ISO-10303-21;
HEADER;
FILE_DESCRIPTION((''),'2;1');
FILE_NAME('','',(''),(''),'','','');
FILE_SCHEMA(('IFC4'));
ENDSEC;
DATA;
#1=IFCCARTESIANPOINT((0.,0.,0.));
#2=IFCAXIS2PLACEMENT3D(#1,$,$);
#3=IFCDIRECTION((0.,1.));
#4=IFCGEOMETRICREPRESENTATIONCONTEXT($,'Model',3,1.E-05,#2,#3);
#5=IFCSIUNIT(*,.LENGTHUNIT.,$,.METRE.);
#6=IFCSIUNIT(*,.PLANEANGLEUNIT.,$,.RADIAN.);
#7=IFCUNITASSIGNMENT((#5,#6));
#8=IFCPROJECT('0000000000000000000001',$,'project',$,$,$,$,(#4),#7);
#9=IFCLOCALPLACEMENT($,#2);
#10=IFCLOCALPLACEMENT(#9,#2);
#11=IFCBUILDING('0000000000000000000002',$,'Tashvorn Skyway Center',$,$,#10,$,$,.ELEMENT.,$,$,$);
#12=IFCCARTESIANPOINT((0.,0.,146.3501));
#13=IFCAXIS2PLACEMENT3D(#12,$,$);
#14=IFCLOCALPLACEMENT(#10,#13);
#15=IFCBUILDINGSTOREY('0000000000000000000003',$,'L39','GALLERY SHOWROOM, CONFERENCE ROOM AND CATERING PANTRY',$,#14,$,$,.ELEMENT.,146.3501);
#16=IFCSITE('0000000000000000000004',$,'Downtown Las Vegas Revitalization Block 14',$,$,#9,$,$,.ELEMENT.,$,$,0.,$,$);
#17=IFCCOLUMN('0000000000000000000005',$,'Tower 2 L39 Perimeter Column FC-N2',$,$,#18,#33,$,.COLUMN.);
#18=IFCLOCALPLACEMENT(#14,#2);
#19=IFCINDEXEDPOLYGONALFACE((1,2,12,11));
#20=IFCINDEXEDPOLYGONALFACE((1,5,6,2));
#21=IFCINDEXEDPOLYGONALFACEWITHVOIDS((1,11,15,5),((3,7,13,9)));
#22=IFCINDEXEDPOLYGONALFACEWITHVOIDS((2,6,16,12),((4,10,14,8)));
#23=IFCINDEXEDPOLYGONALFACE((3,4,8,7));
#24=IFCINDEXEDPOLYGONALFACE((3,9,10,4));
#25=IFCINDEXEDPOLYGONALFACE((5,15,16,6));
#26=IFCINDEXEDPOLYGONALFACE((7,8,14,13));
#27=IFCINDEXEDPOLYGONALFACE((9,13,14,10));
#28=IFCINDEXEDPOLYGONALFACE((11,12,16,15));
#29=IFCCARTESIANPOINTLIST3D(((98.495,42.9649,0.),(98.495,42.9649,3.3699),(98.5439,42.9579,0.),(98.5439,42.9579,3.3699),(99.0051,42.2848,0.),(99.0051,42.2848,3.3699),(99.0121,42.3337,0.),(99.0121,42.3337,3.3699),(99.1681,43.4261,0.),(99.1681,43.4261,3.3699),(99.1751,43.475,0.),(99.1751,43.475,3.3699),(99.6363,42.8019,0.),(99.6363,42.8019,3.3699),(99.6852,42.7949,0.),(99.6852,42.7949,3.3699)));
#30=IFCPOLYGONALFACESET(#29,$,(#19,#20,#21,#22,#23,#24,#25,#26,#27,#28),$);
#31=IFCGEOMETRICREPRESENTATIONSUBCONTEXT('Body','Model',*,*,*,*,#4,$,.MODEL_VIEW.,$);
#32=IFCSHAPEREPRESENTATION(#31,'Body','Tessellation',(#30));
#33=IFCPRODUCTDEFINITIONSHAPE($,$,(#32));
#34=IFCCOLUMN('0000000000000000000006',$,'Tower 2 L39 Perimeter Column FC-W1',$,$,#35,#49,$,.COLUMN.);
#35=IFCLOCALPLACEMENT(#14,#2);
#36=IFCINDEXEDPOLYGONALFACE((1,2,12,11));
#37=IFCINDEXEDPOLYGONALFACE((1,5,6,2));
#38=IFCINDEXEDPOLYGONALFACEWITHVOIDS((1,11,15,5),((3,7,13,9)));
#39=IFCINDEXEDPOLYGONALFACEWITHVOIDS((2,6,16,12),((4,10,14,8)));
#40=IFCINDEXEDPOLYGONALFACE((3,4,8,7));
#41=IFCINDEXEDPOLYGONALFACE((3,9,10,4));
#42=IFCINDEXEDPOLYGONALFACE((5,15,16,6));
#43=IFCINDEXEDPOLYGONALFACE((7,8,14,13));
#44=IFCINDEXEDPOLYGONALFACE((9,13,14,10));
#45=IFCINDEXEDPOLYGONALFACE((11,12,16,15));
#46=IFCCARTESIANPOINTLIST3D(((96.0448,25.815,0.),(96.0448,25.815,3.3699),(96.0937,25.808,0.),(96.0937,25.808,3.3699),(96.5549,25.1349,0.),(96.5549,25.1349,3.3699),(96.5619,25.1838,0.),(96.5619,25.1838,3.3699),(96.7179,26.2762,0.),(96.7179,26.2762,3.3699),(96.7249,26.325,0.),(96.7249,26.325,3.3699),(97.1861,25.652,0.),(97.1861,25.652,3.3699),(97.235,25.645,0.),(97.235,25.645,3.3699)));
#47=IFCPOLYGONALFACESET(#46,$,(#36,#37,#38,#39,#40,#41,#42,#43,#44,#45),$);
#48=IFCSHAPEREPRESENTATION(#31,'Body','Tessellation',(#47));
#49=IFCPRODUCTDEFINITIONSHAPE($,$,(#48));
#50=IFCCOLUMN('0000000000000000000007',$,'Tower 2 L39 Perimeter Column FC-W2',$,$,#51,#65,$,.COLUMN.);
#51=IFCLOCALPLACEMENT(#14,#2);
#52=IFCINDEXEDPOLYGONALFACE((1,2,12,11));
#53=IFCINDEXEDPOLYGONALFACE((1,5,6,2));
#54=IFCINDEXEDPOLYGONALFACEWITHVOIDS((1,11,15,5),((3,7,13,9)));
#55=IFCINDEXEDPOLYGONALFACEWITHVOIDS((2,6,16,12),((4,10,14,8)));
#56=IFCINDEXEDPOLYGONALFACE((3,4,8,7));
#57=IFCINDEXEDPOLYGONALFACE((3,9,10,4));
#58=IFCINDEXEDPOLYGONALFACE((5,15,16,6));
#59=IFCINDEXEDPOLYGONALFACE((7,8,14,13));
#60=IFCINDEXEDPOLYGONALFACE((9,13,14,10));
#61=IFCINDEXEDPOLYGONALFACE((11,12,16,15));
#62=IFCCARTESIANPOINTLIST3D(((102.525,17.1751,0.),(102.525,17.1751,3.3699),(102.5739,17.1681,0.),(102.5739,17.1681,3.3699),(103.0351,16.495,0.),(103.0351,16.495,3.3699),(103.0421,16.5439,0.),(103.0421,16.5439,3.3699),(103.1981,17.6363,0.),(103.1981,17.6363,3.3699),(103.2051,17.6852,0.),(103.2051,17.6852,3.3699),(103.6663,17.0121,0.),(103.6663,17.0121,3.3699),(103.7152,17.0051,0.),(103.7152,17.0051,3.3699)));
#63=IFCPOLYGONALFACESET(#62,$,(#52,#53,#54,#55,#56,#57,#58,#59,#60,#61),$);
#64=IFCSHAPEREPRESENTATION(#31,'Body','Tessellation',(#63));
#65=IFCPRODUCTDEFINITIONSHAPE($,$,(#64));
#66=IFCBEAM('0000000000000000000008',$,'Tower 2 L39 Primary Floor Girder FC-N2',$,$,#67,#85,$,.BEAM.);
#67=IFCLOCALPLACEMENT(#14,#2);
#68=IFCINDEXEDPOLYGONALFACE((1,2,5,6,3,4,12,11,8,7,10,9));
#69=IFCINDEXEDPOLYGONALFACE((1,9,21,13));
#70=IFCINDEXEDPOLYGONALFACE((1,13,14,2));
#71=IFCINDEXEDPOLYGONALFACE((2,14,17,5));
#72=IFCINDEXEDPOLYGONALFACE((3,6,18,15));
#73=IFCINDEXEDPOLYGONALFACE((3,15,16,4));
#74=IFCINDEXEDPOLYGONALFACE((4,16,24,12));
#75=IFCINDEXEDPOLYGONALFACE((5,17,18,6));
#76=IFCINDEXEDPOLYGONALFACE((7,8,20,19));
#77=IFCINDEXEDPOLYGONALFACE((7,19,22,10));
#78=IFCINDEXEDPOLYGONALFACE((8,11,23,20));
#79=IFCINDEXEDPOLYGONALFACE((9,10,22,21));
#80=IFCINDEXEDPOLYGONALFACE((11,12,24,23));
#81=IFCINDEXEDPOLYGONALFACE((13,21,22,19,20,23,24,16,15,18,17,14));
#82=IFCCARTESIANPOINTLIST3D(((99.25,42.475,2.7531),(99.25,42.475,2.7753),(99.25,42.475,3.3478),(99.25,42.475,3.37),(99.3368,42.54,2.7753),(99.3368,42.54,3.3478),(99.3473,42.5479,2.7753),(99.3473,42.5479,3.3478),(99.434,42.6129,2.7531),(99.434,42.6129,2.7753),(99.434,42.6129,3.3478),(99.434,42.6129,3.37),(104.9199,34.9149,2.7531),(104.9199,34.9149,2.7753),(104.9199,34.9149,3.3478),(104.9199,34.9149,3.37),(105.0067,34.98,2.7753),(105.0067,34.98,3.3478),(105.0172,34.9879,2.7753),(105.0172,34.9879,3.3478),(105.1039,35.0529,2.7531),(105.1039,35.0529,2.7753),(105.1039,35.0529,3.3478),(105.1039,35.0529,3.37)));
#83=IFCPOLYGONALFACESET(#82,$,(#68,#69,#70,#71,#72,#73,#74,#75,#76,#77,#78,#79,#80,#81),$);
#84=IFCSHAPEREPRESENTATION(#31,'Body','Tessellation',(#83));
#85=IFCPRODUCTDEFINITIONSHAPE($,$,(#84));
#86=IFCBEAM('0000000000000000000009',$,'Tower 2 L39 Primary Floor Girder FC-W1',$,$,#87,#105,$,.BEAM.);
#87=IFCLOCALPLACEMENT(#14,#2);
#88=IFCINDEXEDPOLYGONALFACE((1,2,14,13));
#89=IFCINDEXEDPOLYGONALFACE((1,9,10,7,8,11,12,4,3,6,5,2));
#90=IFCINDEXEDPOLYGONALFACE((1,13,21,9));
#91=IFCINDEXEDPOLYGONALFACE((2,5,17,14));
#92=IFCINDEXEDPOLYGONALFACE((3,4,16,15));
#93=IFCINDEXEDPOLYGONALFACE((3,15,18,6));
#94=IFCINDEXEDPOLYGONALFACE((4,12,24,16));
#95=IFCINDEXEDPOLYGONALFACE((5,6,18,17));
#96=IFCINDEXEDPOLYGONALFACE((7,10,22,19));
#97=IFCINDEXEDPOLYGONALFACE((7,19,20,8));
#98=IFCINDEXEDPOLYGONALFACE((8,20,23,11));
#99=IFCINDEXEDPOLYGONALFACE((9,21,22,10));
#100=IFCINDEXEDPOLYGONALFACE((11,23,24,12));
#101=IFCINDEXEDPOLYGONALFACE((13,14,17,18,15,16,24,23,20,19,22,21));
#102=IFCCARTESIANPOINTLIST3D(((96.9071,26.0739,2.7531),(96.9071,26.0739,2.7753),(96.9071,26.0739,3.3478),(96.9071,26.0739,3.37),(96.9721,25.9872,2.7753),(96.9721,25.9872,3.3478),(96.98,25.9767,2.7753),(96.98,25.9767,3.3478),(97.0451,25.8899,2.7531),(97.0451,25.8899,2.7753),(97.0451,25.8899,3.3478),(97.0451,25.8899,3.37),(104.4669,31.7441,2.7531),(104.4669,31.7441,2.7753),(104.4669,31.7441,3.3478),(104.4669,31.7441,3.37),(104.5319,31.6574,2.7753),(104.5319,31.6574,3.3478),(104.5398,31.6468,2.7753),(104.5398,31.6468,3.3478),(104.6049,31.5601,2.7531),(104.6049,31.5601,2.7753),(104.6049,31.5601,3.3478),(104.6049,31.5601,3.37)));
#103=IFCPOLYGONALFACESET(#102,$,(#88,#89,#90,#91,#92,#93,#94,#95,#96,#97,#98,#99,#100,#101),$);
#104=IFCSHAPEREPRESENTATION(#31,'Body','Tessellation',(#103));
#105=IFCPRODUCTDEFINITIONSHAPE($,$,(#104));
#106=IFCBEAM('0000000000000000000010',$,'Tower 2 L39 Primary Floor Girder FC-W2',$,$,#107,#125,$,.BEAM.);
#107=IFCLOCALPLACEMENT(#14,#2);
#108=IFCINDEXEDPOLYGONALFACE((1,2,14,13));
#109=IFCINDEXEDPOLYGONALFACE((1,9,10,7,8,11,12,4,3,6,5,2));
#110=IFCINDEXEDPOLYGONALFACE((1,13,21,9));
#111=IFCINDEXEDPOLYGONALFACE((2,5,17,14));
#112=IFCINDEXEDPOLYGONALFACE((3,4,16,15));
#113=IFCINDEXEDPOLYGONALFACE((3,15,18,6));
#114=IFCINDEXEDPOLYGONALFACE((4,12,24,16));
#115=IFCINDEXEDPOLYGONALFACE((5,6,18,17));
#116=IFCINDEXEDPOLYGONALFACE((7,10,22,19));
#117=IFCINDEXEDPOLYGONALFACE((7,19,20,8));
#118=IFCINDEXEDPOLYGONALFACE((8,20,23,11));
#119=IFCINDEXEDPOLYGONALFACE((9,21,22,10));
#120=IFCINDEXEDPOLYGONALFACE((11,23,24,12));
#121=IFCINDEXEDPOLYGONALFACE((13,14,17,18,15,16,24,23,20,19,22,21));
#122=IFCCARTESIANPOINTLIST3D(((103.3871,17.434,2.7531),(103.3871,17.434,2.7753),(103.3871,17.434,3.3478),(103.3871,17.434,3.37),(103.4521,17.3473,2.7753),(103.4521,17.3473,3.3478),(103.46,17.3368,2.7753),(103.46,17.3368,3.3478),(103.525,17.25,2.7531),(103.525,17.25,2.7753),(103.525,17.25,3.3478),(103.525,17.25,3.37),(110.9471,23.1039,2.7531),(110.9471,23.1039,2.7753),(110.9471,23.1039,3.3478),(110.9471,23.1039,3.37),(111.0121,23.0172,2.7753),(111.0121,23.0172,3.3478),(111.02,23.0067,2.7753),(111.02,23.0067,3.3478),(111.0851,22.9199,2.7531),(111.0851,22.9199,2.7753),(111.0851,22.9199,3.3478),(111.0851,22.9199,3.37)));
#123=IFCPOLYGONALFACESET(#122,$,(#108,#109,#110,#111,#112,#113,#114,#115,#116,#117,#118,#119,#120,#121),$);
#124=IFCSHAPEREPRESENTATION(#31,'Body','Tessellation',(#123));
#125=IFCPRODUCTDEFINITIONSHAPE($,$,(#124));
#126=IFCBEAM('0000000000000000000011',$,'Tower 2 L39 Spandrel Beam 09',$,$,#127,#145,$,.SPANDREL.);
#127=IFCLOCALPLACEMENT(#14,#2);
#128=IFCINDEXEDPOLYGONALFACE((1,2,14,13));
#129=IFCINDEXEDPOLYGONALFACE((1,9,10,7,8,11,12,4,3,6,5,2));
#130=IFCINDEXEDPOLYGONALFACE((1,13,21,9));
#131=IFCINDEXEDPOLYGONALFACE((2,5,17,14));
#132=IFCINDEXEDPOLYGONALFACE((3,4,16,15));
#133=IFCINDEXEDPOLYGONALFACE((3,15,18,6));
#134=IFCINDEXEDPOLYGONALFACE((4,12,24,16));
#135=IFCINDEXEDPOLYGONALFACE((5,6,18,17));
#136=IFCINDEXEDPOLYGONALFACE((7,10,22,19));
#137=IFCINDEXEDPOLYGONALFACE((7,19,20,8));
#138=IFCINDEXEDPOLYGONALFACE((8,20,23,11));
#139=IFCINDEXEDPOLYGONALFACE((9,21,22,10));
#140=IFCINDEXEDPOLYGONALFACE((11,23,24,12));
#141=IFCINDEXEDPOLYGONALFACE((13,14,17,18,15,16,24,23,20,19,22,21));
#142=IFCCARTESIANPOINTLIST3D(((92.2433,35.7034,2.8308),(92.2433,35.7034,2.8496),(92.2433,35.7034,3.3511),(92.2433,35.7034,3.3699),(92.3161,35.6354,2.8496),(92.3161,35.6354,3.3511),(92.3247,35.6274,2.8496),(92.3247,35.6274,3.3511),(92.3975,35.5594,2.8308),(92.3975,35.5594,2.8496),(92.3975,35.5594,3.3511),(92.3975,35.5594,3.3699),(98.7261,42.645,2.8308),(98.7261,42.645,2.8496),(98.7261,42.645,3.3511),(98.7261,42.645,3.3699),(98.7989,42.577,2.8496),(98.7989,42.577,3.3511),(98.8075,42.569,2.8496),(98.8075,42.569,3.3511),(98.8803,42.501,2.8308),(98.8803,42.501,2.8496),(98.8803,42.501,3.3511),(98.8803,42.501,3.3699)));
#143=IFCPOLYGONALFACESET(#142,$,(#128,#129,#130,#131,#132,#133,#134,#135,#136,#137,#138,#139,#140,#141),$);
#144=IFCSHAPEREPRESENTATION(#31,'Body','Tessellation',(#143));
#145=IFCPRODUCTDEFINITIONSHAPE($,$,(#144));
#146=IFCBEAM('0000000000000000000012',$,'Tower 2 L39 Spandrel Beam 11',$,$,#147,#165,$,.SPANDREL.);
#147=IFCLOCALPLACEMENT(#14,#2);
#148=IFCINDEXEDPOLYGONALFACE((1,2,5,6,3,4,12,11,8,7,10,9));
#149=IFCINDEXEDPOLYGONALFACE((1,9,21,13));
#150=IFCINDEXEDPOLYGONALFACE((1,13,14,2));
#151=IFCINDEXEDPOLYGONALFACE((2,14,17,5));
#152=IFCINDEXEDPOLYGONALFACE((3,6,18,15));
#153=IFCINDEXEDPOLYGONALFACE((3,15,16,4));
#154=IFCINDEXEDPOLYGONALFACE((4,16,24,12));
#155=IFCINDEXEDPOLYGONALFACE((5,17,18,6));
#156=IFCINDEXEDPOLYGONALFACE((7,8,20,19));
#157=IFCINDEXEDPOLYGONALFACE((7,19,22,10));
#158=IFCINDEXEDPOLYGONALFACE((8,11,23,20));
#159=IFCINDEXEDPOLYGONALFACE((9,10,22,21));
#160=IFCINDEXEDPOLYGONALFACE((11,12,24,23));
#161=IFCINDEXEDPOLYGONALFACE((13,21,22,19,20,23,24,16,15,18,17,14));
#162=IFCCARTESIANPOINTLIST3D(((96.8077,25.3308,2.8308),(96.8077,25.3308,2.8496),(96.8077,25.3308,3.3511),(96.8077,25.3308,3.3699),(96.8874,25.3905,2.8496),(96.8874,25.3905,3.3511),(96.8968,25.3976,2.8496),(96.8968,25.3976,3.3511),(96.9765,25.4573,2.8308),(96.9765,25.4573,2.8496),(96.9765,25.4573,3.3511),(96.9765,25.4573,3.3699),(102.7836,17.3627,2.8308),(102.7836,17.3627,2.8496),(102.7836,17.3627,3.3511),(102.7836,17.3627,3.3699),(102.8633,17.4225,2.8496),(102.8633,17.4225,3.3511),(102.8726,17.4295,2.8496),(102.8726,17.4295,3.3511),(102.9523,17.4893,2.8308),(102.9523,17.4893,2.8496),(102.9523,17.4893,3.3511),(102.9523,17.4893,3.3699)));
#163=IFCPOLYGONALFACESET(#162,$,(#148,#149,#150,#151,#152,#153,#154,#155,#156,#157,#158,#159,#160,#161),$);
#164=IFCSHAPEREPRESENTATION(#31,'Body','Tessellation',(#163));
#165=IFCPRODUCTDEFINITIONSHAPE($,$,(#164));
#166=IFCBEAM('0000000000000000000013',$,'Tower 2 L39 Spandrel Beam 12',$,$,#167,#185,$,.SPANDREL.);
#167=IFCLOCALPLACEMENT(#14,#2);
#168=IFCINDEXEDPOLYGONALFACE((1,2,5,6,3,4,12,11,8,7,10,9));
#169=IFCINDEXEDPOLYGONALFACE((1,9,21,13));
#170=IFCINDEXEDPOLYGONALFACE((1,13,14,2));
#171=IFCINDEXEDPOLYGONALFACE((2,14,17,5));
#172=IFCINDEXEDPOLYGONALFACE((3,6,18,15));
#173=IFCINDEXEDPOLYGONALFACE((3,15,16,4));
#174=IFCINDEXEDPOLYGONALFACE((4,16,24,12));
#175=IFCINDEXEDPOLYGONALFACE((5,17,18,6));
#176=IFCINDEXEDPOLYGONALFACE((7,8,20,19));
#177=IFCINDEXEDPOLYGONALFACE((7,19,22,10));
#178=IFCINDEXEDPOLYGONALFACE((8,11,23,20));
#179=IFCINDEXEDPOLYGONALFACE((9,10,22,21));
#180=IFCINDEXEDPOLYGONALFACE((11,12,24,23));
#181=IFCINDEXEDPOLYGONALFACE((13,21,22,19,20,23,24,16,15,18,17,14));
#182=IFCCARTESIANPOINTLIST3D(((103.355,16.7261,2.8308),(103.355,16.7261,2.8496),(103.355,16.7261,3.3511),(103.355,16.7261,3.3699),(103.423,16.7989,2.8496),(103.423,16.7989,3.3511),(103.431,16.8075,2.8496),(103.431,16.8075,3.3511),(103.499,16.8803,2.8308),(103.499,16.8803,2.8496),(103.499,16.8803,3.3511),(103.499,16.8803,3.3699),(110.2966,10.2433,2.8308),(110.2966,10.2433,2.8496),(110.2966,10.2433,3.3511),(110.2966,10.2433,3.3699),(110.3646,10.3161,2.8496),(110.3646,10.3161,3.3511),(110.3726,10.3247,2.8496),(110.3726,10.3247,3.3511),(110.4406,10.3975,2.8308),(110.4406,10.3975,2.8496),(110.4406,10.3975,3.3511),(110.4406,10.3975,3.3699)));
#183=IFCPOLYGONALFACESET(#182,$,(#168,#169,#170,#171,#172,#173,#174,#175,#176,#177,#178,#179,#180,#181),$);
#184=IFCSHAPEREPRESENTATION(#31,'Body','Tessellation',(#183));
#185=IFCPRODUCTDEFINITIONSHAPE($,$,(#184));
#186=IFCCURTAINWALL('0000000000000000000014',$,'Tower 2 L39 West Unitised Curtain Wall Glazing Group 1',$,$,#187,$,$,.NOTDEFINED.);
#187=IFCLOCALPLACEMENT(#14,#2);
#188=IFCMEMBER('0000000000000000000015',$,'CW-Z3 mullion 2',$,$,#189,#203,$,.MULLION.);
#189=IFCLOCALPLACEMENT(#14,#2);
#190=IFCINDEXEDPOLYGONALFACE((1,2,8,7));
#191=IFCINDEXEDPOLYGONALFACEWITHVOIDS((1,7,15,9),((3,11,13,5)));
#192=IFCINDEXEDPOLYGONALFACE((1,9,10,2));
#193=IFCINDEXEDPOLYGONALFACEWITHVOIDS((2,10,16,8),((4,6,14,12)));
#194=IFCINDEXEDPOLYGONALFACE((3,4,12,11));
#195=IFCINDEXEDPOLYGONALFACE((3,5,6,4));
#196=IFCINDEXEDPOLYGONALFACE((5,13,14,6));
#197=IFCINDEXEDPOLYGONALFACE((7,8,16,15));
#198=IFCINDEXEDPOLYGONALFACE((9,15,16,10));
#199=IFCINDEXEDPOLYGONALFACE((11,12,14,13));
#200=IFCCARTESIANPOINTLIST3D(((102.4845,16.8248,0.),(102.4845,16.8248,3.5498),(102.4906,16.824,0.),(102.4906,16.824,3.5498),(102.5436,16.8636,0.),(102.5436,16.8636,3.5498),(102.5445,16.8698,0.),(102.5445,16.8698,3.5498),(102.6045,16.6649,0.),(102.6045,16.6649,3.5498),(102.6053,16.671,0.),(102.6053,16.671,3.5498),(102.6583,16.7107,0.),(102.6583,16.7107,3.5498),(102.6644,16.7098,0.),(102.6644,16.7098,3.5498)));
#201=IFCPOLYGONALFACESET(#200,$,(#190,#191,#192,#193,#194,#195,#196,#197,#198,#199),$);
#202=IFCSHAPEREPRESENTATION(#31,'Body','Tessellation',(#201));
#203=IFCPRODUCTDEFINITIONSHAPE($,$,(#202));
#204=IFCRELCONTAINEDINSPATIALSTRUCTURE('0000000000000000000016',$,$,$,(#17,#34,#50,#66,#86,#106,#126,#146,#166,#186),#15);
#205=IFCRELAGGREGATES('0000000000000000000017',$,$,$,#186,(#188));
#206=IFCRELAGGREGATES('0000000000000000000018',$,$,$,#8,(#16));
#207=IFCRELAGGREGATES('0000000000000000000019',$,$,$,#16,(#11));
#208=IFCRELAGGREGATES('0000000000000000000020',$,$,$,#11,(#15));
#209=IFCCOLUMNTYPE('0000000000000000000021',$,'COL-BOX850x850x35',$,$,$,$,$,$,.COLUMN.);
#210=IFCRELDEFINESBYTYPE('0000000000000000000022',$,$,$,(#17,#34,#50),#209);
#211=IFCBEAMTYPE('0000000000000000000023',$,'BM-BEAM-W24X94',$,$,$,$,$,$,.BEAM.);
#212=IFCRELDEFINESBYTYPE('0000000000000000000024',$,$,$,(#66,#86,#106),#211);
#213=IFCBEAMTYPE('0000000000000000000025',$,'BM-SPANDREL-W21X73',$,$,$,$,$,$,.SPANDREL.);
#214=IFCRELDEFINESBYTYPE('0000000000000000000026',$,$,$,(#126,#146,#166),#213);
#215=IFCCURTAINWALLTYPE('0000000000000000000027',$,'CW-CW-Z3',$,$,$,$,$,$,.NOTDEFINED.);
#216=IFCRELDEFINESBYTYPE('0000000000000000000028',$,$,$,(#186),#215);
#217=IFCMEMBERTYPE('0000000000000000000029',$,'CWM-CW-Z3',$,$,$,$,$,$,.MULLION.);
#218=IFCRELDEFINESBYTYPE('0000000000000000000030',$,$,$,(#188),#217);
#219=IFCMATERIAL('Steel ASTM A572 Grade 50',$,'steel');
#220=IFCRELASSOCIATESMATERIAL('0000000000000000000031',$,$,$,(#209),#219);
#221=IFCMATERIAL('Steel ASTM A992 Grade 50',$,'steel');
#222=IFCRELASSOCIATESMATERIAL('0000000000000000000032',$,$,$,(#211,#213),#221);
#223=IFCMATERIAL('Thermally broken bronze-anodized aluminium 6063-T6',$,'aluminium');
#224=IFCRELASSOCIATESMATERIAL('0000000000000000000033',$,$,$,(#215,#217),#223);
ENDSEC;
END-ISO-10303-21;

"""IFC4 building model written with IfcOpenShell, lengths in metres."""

from ifc_helpers import new_model, si_unit, direction, frame, origin, origin_2d, place, context, subcontext, project, spatial, hollow_rectangle, i_section, extrude, material, material_profile, profile_set, type_object, element, aggregate, save


model = new_model("IFC4")

# Units and contexts
model_context = context("Model", 3, precision=1e-05, world=origin(), true_north=direction((0.0, 1.0)))
body_context = subcontext(model_context, "Body", "Model", "MODEL_VIEW")
ifc_project = project(units=[si_unit("LENGTHUNIT", "METRE"), si_unit("PLANEANGLEUNIT", "RADIAN")], contexts=[model_context])

# Site, building, storey
site_placement = place(None, origin())
site = spatial("IfcSite", under=ifc_project, at=site_placement, Name="Downtown Las Vegas Revitalization Block 14", CompositionType="ELEMENT", RefElevation=0.0)
building_placement = place(site_placement, origin())
building = spatial("IfcBuilding", under=site, at=building_placement, Name="Tashvorn Skyway Center", CompositionType="ELEMENT")
storey_placement = place(building_placement, frame((0.0, 0.0, 146.3501)))
storey = spatial("IfcBuildingStorey", under=building, at=storey_placement, Name="L39", Description="GALLERY SHOWROOM, CONFERENCE ROOM AND CATERING PANTRY", CompositionType="ELEMENT", Elevation=146.3501)

# Columns
ifc_material_1 = material(Name="Steel ASTM A572 Grade 50", Category="steel")
ifc_material_profile_1 = material_profile(ifc_material_1, hollow_rectangle(XDim=0.8501, YDim=0.8501, WallThickness=0.0349, at=origin_2d()), Name="BOX850x850x35")
ifc_profile_set_1 = profile_set([ifc_material_profile_1], Name="Steel ASTM A572 Grade 50")
column_type = type_object("IfcColumnType", Name="COL-BOX850x850x35", PredefinedType="COLUMN", material=ifc_profile_set_1)
for number, where, z_axis, x_axis, name in (
    (1, (99.0901, 42.8799, 0.0), (0.0, 0.0, 1.0), (0.8, 0.6, 0.0), "Tower 2 L39 Perimeter Column FC-N2"),
    (2, (96.6399, 25.73, 0.0), (0.0, 0.0, 1.0), (0.8, 0.6, 0.0), "Tower 2 L39 Perimeter Column FC-W1"),
    (3, (103.1201, 17.0901, 0.0), (0.0, 0.0, 1.0), (0.8, 0.6, 0.0), "Tower 2 L39 Perimeter Column FC-W2"),
):
    element("IfcColumn", number, at=place(storey_placement, frame(where, z_axis=z_axis, x_axis=x_axis)), inside=storey, type_object=column_type, Name=name, PredefinedType="COLUMN", context=body_context, shape_type="SweptSolid", body=[
        extrude(hollow_rectangle(XDim=0.8501, YDim=0.8501, WallThickness=0.0349, at=origin_2d()), origin(), (0.0, 0.0, 1.0), 3.3699),
    ])

# Beams
ifc_material_2 = material(Name="Steel ASTM A992 Grade 50", Category="steel")
ifc_material_profile_2 = material_profile(ifc_material_2, i_section(OverallWidth=0.23, OverallDepth=0.6169, WebThickness=0.0132, FlangeThickness=0.0222, at=origin_2d()), Name="W24X94")
ifc_profile_set_2 = profile_set([ifc_material_profile_2], Name="Steel ASTM A992 Grade 50")
beam_type_1 = type_object("IfcBeamType", Name="BM-BEAM-W24X94", PredefinedType="BEAM", material=ifc_profile_set_2)
for number, where, z_axis, x_axis, name in (
    (4, (99.342, 42.5439, 3.0615), (0.599992, -0.800006, 0.0), (0.800006, 0.599992, 0.0), "Tower 2 L39 Primary Floor Girder FC-N2"),
    (5, (96.9761, 25.9819, 3.0615), (0.799984, 0.600021, 0.0), (-0.600021, 0.799984, 0.0), "Tower 2 L39 Primary Floor Girder FC-W1"),
    (6, (103.4561, 17.342, 3.0615), (0.800006, 0.599992, 0.0), (-0.599992, 0.800006, 0.0), "Tower 2 L39 Primary Floor Girder FC-W2"),
):
    element("IfcBeam", number, at=place(storey_placement, frame(where, z_axis=z_axis, x_axis=x_axis)), inside=storey, type_object=beam_type_1, Name=name, PredefinedType="BEAM", context=body_context, shape_type="SweptSolid", body=[
        extrude(i_section(OverallWidth=0.23, OverallDepth=0.6169, WebThickness=0.0132, FlangeThickness=0.0222, at=origin_2d()), origin(), (0.0, 0.0, 1.0), 9.45),
    ])
ifc_material_profile_3 = material_profile(ifc_material_2, i_section(OverallWidth=0.2109, OverallDepth=0.5391, WebThickness=0.0117, FlangeThickness=0.0188, at=origin_2d()), Name="W21X73")
ifc_profile_set_3 = profile_set([ifc_material_profile_3], Name="Steel ASTM A992 Grade 50")
beam_type_2 = type_object("IfcBeamType", Name="BM-SPANDREL-W21X73", PredefinedType="SPANDREL", material=ifc_profile_set_3)
beam_1_placement = place(storey_placement, frame((98.8032, 42.573, 3.1003), z_axis=(-0.682545, -0.730843, 0.0), x_axis=(0.730843, -0.682545, 0.0)))
element("IfcBeam", 7, at=beam_1_placement, inside=storey, type_object=beam_type_2, Name="Tower 2 L39 Spandrel Beam 09", PredefinedType="SPANDREL", context=body_context, shape_type="SweptSolid", body=[
    extrude(i_section(OverallWidth=0.2109, OverallDepth=0.5391, WebThickness=0.0117, FlangeThickness=0.0188, at=origin_2d()), origin(), (0.0, 0.0, 1.0), 9.498),
])
beam_2_placement = place(storey_placement, frame((96.8921, 25.394, 3.1003), z_axis=(0.599988, -0.800009, 0.0), x_axis=(0.800009, 0.599988, 0.0)))
element("IfcBeam", 8, at=beam_2_placement, inside=storey, type_object=beam_type_2, Name="Tower 2 L39 Spandrel Beam 11", PredefinedType="SPANDREL", context=body_context, shape_type="SweptSolid", body=[
    extrude(i_section(OverallWidth=0.2109, OverallDepth=0.5391, WebThickness=0.0117, FlangeThickness=0.0188, at=origin_2d()), origin(), (0.0, 0.0, 1.0), 9.96),
])
beam_3_placement = place(storey_placement, frame((103.427, 16.8032, 3.1003), z_axis=(0.730843, -0.682545, 0.0), x_axis=(0.682545, 0.730843, 0.0)))
element("IfcBeam", 9, at=beam_3_placement, inside=storey, type_object=beam_type_2, Name="Tower 2 L39 Spandrel Beam 12", PredefinedType="SPANDREL", context=body_context, shape_type="SweptSolid", body=[
    extrude(i_section(OverallWidth=0.2109, OverallDepth=0.5391, WebThickness=0.0117, FlangeThickness=0.0188, at=origin_2d()), origin(), (0.0, 0.0, 1.0), 9.498),
])

# Curtain wall, member
ifc_material_3 = material(Name="Thermally broken bronze-anodized aluminium 6063-T6", Category="aluminium")
curtain_wall_type = type_object("IfcCurtainWallType", Name="CW-CW-Z3", PredefinedType="NOTDEFINED", material=ifc_material_3)
curtain_wall_1_placement = place(storey_placement, origin())
curtain_wall_1 = element("IfcCurtainWall", 10, at=curtain_wall_1_placement, inside=storey, type_object=curtain_wall_type, Name="Tower 2 L39 West Unitised Curtain Wall Glazing Group 1", PredefinedType="NOTDEFINED")
ifc_material_profile_4 = material_profile(ifc_material_3, hollow_rectangle(XDim=0.075, YDim=0.2, WallThickness=0.0044, at=origin_2d()), Name="ALU-MULL-75x200")
ifc_profile_set_4 = profile_set([ifc_material_profile_4], Name="Thermally broken bronze-anodized aluminium 6063-T6")
member_type_1 = type_object("IfcMemberType", Name="CWM-CW-Z3", PredefinedType="MULLION", material=ifc_profile_set_4)
member_1_placement = place(storey_placement, frame((102.5745, 16.7673, 0.0), z_axis=(0.0, 0.0, 1.0), x_axis=(-0.800003, -0.599995, 0.0)))
member_1 = element("IfcMember", 11, at=member_1_placement, type_object=member_type_1, Name="CW-Z3 mullion 2", PredefinedType="MULLION", context=body_context, shape_type="SweptSolid", body=[
    extrude(hollow_rectangle(XDim=0.075, YDim=0.2, WallThickness=0.0044, at=origin_2d()), origin(), (0.0, 0.0, 1.0), 3.5498),
])
aggregate(curtain_wall_1, [member_1])

save(model, "model.ifc")
